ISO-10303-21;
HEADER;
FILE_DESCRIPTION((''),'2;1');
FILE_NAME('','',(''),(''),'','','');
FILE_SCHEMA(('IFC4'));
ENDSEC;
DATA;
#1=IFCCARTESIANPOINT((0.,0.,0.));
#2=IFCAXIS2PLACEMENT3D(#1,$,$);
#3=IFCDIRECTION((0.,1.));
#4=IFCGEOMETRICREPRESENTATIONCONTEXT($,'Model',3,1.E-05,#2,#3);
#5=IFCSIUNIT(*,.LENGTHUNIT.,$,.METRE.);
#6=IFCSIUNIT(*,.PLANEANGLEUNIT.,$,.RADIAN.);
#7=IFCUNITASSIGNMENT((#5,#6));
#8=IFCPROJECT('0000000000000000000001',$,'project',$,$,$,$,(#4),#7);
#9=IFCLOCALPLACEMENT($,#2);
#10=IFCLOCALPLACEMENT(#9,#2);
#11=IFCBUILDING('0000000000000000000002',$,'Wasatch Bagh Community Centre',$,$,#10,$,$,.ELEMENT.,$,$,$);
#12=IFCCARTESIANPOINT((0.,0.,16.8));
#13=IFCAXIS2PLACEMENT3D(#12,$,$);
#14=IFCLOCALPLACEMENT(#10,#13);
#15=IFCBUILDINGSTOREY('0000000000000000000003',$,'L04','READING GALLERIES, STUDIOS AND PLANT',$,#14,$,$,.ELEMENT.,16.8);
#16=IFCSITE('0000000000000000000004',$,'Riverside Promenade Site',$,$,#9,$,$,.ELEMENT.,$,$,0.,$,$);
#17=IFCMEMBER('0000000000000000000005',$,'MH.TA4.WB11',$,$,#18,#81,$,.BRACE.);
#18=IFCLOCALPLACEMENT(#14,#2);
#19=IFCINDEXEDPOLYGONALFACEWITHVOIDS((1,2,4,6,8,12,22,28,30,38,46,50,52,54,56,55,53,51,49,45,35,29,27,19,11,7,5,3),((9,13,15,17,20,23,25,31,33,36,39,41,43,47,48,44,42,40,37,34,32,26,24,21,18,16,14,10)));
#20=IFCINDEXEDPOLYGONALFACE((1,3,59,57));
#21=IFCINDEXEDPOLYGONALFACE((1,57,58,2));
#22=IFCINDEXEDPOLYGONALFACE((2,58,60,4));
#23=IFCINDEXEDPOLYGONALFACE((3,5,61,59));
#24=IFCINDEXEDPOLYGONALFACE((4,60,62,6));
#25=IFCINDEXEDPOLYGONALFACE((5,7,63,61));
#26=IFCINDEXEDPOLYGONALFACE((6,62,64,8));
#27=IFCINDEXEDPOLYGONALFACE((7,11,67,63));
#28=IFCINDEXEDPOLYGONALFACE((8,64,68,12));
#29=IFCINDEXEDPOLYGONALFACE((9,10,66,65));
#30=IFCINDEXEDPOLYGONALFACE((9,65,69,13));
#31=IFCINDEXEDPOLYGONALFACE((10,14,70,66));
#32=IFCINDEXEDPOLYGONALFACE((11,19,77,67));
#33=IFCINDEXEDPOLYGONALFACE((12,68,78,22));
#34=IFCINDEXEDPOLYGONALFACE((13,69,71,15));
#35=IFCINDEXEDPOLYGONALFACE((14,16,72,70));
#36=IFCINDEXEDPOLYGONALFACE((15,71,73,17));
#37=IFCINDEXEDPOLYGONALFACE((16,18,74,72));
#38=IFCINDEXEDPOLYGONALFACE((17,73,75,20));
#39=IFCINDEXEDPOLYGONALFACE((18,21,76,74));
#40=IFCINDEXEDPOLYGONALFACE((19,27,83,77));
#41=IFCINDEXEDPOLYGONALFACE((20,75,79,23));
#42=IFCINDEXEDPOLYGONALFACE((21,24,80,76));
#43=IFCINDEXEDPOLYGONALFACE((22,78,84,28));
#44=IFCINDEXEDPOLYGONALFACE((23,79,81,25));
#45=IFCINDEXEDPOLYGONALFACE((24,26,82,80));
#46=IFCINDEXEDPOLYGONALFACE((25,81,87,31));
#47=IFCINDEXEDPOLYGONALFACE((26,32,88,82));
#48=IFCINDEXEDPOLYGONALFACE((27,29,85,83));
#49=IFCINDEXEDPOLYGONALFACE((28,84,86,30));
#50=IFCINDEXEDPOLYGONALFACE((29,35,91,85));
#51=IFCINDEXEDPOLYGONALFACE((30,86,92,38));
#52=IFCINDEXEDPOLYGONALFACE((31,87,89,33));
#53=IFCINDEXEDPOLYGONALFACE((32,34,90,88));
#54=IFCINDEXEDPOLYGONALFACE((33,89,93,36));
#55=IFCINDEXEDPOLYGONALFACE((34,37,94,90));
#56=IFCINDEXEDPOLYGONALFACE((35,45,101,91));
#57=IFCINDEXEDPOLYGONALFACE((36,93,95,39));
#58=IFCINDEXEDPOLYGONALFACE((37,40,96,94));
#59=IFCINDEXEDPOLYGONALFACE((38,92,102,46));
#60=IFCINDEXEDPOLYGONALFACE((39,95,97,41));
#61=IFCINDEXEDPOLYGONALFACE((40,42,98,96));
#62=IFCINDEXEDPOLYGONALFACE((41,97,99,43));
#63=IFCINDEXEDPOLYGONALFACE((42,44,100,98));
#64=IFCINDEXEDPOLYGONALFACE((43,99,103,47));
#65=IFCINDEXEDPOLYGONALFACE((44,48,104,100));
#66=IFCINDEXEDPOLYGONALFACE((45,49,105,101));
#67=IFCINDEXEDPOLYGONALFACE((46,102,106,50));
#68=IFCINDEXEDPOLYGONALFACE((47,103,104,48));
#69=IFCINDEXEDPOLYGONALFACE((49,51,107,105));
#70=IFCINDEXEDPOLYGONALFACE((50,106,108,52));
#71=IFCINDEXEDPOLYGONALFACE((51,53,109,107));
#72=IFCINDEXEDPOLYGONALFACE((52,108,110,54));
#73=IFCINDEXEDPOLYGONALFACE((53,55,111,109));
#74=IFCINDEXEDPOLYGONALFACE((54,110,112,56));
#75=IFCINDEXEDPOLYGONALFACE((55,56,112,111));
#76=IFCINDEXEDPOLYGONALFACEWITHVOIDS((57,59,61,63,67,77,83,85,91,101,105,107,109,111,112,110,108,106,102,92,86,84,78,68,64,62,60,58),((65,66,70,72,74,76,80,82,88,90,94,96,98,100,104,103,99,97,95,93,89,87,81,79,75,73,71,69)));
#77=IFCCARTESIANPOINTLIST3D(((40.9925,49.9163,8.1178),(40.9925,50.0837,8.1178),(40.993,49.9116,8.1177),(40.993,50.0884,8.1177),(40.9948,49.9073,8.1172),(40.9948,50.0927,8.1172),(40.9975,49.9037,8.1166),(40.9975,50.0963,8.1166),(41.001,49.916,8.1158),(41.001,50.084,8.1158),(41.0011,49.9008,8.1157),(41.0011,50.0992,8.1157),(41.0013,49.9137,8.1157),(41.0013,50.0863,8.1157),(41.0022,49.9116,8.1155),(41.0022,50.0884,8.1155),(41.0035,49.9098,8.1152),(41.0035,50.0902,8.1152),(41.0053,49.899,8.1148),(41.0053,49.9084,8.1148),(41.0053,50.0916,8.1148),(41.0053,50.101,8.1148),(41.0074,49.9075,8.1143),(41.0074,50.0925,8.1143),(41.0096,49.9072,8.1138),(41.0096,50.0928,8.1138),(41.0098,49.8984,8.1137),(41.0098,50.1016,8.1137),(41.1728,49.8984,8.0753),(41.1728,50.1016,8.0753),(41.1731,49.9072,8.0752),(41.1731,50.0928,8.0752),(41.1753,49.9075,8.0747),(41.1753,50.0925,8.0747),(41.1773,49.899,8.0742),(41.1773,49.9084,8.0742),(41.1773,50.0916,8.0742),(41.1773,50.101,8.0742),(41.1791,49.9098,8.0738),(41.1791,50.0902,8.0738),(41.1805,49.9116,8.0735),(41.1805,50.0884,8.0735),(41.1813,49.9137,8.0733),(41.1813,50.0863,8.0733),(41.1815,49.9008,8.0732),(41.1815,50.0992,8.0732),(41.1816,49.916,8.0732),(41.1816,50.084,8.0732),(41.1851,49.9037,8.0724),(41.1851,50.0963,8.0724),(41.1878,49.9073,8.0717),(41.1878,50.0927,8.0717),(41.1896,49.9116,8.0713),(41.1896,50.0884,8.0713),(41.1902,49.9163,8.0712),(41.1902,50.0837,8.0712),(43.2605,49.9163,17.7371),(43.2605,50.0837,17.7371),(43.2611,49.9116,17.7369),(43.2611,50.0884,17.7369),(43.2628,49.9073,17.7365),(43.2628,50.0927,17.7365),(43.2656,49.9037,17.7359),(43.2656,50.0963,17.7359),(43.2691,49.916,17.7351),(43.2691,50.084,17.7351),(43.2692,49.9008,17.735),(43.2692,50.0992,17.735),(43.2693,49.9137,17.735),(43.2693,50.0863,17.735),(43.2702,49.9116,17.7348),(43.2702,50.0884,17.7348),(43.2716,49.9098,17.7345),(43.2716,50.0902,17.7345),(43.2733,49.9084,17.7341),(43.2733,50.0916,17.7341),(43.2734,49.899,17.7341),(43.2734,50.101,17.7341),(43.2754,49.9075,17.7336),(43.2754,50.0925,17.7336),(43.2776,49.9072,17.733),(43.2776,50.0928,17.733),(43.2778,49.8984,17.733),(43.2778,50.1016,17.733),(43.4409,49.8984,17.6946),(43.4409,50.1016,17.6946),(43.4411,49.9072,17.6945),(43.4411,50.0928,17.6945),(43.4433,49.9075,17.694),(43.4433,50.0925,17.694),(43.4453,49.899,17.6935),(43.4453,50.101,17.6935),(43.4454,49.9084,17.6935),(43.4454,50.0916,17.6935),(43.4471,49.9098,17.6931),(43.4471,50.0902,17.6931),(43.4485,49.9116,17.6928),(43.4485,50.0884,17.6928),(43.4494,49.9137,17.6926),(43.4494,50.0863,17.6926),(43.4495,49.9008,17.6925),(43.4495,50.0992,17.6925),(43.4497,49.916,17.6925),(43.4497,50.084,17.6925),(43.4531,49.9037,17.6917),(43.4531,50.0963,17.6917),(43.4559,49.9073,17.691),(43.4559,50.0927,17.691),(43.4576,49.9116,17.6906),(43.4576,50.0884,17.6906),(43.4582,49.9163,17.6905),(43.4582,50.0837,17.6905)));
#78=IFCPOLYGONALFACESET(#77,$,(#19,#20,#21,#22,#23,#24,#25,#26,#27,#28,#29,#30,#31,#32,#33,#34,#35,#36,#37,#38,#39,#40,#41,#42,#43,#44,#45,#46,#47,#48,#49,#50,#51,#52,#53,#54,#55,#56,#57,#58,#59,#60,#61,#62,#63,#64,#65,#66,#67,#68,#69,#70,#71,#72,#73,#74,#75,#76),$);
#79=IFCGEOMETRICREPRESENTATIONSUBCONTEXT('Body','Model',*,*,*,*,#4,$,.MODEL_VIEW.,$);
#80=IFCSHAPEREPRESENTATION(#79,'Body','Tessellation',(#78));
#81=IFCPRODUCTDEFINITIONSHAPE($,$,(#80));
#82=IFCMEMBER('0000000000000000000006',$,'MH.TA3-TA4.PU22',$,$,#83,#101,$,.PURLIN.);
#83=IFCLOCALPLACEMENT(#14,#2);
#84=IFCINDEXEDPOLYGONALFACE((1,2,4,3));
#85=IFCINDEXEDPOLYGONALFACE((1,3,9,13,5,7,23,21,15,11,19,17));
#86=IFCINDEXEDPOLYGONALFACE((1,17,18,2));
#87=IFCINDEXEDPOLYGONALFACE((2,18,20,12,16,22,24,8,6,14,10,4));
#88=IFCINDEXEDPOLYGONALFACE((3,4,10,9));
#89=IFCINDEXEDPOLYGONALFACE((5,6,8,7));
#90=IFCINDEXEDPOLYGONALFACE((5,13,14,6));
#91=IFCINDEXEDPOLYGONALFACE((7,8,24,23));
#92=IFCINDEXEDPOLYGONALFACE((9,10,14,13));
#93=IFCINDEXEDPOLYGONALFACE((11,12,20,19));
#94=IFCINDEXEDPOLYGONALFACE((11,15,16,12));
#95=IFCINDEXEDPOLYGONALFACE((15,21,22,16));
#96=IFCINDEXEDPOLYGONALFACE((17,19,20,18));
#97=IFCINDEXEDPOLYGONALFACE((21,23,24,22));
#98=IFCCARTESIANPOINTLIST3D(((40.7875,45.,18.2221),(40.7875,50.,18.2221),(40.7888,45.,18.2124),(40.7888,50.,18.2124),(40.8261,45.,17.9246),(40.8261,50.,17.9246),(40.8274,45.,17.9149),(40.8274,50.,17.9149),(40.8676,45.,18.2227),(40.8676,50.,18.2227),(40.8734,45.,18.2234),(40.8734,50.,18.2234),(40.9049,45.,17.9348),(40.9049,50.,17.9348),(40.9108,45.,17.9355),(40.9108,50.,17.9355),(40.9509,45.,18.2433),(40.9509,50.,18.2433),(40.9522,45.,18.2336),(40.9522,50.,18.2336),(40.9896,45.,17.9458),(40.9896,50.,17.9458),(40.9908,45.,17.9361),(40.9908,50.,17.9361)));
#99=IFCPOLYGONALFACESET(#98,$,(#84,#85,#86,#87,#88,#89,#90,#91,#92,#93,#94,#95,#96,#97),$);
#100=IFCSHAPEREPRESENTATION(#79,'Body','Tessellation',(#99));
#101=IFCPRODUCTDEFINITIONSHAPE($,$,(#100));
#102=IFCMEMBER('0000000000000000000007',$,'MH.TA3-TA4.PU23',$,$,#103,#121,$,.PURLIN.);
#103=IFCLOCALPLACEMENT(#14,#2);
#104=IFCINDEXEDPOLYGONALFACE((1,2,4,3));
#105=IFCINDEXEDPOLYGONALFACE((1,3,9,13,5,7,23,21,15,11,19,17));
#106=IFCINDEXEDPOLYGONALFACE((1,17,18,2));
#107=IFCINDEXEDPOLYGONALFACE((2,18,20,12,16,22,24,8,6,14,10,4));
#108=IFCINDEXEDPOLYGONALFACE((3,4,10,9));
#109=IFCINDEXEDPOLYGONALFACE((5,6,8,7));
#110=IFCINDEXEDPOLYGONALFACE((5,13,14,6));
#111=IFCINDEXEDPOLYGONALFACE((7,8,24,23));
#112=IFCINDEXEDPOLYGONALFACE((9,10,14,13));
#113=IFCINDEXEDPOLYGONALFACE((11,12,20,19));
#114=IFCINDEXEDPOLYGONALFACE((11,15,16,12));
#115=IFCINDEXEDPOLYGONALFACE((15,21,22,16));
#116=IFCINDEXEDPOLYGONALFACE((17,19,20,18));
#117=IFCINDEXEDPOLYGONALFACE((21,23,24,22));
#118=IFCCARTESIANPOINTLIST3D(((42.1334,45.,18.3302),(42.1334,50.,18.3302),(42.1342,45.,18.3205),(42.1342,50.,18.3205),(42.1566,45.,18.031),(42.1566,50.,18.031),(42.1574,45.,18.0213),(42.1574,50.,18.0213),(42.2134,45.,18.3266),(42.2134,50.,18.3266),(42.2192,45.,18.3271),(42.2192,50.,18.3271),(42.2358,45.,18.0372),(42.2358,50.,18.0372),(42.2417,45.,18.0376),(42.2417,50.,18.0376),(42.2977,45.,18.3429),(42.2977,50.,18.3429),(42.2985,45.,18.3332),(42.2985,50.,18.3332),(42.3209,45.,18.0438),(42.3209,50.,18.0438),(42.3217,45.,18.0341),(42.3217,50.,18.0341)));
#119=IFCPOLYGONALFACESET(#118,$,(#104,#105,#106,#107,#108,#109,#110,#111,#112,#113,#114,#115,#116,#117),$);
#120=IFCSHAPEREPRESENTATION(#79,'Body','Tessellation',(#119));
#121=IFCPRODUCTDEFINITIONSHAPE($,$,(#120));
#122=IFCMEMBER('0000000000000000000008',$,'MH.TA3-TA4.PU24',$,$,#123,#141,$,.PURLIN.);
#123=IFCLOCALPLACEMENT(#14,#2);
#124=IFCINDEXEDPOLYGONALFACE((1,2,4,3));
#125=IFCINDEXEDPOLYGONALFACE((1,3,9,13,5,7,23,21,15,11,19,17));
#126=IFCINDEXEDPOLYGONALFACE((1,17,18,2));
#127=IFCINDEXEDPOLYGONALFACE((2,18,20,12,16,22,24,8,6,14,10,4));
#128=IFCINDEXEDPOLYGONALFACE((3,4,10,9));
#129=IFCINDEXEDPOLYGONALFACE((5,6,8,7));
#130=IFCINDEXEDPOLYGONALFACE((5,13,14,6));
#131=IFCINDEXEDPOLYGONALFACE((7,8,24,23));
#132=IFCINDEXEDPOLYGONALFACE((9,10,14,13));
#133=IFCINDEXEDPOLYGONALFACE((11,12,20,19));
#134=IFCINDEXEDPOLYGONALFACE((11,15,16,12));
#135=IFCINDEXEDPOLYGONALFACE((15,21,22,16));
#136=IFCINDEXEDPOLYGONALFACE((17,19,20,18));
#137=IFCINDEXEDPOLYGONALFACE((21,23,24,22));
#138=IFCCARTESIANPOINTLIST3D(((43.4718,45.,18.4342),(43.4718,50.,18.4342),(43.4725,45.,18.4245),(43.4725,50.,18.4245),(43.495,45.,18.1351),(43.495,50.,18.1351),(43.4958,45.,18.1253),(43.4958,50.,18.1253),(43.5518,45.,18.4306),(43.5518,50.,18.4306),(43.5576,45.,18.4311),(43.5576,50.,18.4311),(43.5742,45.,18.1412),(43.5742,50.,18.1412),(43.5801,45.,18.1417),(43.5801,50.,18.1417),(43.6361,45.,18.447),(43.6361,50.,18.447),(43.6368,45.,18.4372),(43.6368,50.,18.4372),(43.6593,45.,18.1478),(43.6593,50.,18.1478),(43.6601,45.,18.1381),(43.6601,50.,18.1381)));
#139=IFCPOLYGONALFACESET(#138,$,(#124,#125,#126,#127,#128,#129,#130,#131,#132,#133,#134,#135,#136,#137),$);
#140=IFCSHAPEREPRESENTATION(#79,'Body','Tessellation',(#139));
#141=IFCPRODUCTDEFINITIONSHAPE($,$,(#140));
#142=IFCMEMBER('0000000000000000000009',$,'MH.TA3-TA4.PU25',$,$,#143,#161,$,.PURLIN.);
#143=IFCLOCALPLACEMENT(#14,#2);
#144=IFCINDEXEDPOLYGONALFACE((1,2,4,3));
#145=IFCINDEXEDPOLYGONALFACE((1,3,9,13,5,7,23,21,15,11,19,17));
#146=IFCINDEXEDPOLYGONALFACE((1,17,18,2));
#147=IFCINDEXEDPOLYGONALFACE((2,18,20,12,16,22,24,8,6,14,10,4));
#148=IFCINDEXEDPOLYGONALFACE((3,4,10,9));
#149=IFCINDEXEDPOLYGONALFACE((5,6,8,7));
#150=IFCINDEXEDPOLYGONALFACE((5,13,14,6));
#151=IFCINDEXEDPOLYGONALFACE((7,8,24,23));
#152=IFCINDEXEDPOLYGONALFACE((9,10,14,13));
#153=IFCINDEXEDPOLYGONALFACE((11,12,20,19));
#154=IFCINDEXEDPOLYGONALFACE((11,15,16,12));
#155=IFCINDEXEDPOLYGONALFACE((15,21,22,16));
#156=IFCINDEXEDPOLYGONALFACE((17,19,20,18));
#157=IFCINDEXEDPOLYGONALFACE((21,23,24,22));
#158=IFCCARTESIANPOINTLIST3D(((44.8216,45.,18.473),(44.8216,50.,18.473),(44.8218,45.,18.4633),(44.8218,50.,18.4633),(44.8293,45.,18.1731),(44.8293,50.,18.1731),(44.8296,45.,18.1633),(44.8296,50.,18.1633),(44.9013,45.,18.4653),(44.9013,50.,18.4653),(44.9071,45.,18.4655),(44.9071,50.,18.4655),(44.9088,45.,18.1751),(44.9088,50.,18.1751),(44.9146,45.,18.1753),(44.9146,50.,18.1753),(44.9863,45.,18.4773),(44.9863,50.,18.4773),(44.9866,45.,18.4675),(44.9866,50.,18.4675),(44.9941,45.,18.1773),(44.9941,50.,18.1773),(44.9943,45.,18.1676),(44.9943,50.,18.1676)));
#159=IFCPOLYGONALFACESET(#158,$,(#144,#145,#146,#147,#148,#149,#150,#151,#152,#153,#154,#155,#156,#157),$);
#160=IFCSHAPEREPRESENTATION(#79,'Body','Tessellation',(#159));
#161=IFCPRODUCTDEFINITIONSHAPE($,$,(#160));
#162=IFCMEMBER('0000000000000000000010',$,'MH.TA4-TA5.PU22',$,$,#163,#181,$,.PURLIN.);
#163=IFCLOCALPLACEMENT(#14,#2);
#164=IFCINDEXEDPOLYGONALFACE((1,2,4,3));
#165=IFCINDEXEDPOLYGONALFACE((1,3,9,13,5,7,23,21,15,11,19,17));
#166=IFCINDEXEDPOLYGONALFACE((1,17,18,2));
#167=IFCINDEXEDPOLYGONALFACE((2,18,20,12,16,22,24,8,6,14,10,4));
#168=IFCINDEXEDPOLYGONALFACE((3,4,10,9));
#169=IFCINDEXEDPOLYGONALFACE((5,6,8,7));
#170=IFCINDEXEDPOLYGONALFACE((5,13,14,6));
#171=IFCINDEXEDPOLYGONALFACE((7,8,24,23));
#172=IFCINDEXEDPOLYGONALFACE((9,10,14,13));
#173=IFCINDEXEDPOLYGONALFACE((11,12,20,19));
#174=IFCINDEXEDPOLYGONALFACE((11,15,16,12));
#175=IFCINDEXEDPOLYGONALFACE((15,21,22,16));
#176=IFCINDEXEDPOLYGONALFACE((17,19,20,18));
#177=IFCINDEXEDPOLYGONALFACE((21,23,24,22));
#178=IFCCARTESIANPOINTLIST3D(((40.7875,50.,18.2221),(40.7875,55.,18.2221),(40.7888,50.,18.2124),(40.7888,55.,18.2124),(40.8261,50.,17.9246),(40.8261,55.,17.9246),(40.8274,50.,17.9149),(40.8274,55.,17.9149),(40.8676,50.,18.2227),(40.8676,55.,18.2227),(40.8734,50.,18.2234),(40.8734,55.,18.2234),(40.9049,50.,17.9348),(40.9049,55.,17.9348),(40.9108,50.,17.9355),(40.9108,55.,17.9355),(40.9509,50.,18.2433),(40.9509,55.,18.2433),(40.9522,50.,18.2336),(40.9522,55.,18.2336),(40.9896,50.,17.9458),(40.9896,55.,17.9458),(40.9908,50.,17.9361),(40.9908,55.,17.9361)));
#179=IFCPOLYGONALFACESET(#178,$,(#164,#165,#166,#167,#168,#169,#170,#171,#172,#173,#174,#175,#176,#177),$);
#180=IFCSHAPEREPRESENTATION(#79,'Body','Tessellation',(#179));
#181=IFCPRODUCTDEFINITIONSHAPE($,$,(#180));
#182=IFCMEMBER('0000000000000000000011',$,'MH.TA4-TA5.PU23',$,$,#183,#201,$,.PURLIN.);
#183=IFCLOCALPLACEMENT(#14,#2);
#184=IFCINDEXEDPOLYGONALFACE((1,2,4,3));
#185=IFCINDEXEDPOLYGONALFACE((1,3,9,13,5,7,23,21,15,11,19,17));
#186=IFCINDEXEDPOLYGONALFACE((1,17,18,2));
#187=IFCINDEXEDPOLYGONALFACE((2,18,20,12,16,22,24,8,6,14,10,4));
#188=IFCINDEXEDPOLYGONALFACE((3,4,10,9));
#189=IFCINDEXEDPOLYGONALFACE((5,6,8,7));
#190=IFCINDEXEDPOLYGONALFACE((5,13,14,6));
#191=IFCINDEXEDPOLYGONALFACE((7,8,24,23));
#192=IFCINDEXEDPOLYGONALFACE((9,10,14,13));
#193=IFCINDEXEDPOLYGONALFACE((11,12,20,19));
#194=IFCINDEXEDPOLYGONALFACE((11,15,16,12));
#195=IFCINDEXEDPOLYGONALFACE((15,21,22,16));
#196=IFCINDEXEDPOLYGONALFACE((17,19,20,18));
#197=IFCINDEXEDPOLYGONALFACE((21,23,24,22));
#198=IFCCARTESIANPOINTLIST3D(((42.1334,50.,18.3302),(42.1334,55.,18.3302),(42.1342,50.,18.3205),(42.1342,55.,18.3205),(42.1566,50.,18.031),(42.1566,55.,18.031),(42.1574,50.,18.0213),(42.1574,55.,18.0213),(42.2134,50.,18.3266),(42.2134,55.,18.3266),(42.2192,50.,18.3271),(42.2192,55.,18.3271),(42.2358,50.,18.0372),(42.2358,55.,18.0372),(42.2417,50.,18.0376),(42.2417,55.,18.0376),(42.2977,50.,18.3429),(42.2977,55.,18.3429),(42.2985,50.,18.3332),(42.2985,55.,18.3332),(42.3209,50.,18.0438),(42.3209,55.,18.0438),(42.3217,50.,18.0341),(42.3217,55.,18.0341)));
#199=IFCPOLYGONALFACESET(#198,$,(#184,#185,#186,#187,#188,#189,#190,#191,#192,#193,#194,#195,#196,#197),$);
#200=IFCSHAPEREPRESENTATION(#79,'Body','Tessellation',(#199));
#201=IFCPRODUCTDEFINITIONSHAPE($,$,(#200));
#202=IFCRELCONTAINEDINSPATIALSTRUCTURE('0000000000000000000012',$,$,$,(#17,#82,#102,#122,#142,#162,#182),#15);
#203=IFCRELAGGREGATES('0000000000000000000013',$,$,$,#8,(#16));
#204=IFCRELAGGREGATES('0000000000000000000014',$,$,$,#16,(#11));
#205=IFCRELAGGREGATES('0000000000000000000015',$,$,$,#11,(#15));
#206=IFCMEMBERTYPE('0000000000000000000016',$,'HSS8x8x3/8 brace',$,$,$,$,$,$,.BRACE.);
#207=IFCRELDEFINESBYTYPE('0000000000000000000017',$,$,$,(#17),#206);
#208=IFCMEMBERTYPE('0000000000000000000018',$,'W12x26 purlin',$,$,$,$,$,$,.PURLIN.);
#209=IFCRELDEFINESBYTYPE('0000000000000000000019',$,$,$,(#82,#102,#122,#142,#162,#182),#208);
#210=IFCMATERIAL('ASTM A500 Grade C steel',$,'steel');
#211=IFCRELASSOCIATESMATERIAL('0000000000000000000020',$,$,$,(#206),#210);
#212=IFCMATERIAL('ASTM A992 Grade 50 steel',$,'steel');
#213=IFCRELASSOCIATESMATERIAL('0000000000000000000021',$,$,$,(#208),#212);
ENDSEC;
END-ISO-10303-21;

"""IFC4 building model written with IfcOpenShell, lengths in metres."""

from ifc_helpers import new_model, si_unit, direction, frame, origin, origin_2d, place, context, subcontext, project, spatial, hollow_rectangle, i_section, extrude, material, material_profile, profile_set, type_object, element, save


model = new_model("IFC4")

# Units and contexts
model_context = context("Model", 3, precision=1e-05, world=origin(), true_north=direction((0.0, 1.0)))
body_context = subcontext(model_context, "Body", "Model", "MODEL_VIEW")
ifc_project = project(units=[si_unit("LENGTHUNIT", "METRE"), si_unit("PLANEANGLEUNIT", "RADIAN")], contexts=[model_context])

# Site, building, storey
site_placement = place(None, origin())
site = spatial("IfcSite", under=ifc_project, at=site_placement, Name="Riverside Promenade Site", CompositionType="ELEMENT", RefElevation=0.0)
building_placement = place(site_placement, origin())
building = spatial("IfcBuilding", under=site, at=building_placement, Name="Wasatch Bagh Community Centre", CompositionType="ELEMENT")
storey_placement = place(building_placement, frame((0.0, 0.0, 16.8)))
storey = spatial("IfcBuildingStorey", under=building, at=storey_placement, Name="L04", Description="READING GALLERIES, STUDIOS AND PLANT", CompositionType="ELEMENT", Elevation=16.8)

# Members
ifc_material_1 = material(Name="ASTM A500 Grade C steel", Category="steel")
ifc_material_profile_1 = material_profile(ifc_material_1, hollow_rectangle(XDim=0.2031, YDim=0.2031, WallThickness=0.0088, InnerFilletRadius=0.0088, OuterFilletRadius=0.0178, at=origin_2d()), Name="HSS8x8x3/8")
ifc_profile_set_1 = profile_set([ifc_material_profile_1], Name="ASTM A500 Grade C steel")
member_type_1 = type_object("IfcMemberType", Name="HSS8x8x3/8 brace", PredefinedType="BRACE", material=ifc_profile_set_1)
member_1_placement = place(storey_placement, frame((41.0913, 50.0, 8.0945), z_axis=(0.229488, 0.0, 0.973311), x_axis=(0.0, 1.0, 0.0)))
element("IfcMember", 1, at=member_1_placement, inside=storey, type_object=member_type_1, Name="MH.TA4.WB11", PredefinedType="BRACE", context=body_context, shape_type="SweptSolid", body=[
    extrude(hollow_rectangle(XDim=0.2031, YDim=0.2031, WallThickness=0.0088, InnerFilletRadius=0.0088, OuterFilletRadius=0.0178, at=origin_2d()), origin(), (0.0, 0.0, 1.0), 9.8831),
])
ifc_material_2 = material(Name="ASTM A992 Grade 50 steel", Category="steel")
ifc_material_profile_2 = material_profile(ifc_material_2, i_section(OverallWidth=0.1648, OverallDepth=0.3098, WebThickness=0.0059, FlangeThickness=0.0098, at=origin_2d()), Name="W12x26")
ifc_profile_set_2 = profile_set([ifc_material_profile_2], Name="ASTM A992 Grade 50 steel")
member_type_2 = type_object("IfcMemberType", Name="W12x26 purlin", PredefinedType="PURLIN", material=ifc_profile_set_2)
for number, where, z_axis, x_axis, name in (
    (2, (40.8892, 45.0, 18.0791), (0.0, 1.0, 0.0), (-0.991678, 0.0, -0.12874), "MH.TA3-TA4.PU22"),
    (3, (42.2275, 45.0, 18.1821), (0.0, 1.0, 0.0), (-0.997002, 0.0, -0.077382), "MH.TA3-TA4.PU23"),
    (4, (43.5659, 45.0, 18.2861), (0.0, 1.0, 0.0), (-0.997002, 0.0, -0.077382), "MH.TA3-TA4.PU24"),
    (5, (44.908, 45.0, 18.3203), (0.0, 1.0, 0.0), (-0.999667, 0.0, -0.025817), "MH.TA3-TA4.PU25"),
    (6, (40.8892, 50.0, 18.0791), (0.0, 1.0, 0.0), (-0.991678, 0.0, -0.12874), "MH.TA4-TA5.PU22"),
    (7, (42.2275, 50.0, 18.1821), (0.0, 1.0, 0.0), (-0.997002, 0.0, -0.077382), "MH.TA4-TA5.PU23"),
):
    element("IfcMember", number, at=place(storey_placement, frame(where, z_axis=z_axis, x_axis=x_axis)), inside=storey, type_object=member_type_2, Name=name, PredefinedType="PURLIN", context=body_context, shape_type="SweptSolid", body=[
        extrude(i_section(OverallWidth=0.1648, OverallDepth=0.3098, WebThickness=0.0059, FlangeThickness=0.0098, at=origin_2d()), origin(), (0.0, 0.0, 1.0), 5.0),
    ])

save(model, "model.ifc")
